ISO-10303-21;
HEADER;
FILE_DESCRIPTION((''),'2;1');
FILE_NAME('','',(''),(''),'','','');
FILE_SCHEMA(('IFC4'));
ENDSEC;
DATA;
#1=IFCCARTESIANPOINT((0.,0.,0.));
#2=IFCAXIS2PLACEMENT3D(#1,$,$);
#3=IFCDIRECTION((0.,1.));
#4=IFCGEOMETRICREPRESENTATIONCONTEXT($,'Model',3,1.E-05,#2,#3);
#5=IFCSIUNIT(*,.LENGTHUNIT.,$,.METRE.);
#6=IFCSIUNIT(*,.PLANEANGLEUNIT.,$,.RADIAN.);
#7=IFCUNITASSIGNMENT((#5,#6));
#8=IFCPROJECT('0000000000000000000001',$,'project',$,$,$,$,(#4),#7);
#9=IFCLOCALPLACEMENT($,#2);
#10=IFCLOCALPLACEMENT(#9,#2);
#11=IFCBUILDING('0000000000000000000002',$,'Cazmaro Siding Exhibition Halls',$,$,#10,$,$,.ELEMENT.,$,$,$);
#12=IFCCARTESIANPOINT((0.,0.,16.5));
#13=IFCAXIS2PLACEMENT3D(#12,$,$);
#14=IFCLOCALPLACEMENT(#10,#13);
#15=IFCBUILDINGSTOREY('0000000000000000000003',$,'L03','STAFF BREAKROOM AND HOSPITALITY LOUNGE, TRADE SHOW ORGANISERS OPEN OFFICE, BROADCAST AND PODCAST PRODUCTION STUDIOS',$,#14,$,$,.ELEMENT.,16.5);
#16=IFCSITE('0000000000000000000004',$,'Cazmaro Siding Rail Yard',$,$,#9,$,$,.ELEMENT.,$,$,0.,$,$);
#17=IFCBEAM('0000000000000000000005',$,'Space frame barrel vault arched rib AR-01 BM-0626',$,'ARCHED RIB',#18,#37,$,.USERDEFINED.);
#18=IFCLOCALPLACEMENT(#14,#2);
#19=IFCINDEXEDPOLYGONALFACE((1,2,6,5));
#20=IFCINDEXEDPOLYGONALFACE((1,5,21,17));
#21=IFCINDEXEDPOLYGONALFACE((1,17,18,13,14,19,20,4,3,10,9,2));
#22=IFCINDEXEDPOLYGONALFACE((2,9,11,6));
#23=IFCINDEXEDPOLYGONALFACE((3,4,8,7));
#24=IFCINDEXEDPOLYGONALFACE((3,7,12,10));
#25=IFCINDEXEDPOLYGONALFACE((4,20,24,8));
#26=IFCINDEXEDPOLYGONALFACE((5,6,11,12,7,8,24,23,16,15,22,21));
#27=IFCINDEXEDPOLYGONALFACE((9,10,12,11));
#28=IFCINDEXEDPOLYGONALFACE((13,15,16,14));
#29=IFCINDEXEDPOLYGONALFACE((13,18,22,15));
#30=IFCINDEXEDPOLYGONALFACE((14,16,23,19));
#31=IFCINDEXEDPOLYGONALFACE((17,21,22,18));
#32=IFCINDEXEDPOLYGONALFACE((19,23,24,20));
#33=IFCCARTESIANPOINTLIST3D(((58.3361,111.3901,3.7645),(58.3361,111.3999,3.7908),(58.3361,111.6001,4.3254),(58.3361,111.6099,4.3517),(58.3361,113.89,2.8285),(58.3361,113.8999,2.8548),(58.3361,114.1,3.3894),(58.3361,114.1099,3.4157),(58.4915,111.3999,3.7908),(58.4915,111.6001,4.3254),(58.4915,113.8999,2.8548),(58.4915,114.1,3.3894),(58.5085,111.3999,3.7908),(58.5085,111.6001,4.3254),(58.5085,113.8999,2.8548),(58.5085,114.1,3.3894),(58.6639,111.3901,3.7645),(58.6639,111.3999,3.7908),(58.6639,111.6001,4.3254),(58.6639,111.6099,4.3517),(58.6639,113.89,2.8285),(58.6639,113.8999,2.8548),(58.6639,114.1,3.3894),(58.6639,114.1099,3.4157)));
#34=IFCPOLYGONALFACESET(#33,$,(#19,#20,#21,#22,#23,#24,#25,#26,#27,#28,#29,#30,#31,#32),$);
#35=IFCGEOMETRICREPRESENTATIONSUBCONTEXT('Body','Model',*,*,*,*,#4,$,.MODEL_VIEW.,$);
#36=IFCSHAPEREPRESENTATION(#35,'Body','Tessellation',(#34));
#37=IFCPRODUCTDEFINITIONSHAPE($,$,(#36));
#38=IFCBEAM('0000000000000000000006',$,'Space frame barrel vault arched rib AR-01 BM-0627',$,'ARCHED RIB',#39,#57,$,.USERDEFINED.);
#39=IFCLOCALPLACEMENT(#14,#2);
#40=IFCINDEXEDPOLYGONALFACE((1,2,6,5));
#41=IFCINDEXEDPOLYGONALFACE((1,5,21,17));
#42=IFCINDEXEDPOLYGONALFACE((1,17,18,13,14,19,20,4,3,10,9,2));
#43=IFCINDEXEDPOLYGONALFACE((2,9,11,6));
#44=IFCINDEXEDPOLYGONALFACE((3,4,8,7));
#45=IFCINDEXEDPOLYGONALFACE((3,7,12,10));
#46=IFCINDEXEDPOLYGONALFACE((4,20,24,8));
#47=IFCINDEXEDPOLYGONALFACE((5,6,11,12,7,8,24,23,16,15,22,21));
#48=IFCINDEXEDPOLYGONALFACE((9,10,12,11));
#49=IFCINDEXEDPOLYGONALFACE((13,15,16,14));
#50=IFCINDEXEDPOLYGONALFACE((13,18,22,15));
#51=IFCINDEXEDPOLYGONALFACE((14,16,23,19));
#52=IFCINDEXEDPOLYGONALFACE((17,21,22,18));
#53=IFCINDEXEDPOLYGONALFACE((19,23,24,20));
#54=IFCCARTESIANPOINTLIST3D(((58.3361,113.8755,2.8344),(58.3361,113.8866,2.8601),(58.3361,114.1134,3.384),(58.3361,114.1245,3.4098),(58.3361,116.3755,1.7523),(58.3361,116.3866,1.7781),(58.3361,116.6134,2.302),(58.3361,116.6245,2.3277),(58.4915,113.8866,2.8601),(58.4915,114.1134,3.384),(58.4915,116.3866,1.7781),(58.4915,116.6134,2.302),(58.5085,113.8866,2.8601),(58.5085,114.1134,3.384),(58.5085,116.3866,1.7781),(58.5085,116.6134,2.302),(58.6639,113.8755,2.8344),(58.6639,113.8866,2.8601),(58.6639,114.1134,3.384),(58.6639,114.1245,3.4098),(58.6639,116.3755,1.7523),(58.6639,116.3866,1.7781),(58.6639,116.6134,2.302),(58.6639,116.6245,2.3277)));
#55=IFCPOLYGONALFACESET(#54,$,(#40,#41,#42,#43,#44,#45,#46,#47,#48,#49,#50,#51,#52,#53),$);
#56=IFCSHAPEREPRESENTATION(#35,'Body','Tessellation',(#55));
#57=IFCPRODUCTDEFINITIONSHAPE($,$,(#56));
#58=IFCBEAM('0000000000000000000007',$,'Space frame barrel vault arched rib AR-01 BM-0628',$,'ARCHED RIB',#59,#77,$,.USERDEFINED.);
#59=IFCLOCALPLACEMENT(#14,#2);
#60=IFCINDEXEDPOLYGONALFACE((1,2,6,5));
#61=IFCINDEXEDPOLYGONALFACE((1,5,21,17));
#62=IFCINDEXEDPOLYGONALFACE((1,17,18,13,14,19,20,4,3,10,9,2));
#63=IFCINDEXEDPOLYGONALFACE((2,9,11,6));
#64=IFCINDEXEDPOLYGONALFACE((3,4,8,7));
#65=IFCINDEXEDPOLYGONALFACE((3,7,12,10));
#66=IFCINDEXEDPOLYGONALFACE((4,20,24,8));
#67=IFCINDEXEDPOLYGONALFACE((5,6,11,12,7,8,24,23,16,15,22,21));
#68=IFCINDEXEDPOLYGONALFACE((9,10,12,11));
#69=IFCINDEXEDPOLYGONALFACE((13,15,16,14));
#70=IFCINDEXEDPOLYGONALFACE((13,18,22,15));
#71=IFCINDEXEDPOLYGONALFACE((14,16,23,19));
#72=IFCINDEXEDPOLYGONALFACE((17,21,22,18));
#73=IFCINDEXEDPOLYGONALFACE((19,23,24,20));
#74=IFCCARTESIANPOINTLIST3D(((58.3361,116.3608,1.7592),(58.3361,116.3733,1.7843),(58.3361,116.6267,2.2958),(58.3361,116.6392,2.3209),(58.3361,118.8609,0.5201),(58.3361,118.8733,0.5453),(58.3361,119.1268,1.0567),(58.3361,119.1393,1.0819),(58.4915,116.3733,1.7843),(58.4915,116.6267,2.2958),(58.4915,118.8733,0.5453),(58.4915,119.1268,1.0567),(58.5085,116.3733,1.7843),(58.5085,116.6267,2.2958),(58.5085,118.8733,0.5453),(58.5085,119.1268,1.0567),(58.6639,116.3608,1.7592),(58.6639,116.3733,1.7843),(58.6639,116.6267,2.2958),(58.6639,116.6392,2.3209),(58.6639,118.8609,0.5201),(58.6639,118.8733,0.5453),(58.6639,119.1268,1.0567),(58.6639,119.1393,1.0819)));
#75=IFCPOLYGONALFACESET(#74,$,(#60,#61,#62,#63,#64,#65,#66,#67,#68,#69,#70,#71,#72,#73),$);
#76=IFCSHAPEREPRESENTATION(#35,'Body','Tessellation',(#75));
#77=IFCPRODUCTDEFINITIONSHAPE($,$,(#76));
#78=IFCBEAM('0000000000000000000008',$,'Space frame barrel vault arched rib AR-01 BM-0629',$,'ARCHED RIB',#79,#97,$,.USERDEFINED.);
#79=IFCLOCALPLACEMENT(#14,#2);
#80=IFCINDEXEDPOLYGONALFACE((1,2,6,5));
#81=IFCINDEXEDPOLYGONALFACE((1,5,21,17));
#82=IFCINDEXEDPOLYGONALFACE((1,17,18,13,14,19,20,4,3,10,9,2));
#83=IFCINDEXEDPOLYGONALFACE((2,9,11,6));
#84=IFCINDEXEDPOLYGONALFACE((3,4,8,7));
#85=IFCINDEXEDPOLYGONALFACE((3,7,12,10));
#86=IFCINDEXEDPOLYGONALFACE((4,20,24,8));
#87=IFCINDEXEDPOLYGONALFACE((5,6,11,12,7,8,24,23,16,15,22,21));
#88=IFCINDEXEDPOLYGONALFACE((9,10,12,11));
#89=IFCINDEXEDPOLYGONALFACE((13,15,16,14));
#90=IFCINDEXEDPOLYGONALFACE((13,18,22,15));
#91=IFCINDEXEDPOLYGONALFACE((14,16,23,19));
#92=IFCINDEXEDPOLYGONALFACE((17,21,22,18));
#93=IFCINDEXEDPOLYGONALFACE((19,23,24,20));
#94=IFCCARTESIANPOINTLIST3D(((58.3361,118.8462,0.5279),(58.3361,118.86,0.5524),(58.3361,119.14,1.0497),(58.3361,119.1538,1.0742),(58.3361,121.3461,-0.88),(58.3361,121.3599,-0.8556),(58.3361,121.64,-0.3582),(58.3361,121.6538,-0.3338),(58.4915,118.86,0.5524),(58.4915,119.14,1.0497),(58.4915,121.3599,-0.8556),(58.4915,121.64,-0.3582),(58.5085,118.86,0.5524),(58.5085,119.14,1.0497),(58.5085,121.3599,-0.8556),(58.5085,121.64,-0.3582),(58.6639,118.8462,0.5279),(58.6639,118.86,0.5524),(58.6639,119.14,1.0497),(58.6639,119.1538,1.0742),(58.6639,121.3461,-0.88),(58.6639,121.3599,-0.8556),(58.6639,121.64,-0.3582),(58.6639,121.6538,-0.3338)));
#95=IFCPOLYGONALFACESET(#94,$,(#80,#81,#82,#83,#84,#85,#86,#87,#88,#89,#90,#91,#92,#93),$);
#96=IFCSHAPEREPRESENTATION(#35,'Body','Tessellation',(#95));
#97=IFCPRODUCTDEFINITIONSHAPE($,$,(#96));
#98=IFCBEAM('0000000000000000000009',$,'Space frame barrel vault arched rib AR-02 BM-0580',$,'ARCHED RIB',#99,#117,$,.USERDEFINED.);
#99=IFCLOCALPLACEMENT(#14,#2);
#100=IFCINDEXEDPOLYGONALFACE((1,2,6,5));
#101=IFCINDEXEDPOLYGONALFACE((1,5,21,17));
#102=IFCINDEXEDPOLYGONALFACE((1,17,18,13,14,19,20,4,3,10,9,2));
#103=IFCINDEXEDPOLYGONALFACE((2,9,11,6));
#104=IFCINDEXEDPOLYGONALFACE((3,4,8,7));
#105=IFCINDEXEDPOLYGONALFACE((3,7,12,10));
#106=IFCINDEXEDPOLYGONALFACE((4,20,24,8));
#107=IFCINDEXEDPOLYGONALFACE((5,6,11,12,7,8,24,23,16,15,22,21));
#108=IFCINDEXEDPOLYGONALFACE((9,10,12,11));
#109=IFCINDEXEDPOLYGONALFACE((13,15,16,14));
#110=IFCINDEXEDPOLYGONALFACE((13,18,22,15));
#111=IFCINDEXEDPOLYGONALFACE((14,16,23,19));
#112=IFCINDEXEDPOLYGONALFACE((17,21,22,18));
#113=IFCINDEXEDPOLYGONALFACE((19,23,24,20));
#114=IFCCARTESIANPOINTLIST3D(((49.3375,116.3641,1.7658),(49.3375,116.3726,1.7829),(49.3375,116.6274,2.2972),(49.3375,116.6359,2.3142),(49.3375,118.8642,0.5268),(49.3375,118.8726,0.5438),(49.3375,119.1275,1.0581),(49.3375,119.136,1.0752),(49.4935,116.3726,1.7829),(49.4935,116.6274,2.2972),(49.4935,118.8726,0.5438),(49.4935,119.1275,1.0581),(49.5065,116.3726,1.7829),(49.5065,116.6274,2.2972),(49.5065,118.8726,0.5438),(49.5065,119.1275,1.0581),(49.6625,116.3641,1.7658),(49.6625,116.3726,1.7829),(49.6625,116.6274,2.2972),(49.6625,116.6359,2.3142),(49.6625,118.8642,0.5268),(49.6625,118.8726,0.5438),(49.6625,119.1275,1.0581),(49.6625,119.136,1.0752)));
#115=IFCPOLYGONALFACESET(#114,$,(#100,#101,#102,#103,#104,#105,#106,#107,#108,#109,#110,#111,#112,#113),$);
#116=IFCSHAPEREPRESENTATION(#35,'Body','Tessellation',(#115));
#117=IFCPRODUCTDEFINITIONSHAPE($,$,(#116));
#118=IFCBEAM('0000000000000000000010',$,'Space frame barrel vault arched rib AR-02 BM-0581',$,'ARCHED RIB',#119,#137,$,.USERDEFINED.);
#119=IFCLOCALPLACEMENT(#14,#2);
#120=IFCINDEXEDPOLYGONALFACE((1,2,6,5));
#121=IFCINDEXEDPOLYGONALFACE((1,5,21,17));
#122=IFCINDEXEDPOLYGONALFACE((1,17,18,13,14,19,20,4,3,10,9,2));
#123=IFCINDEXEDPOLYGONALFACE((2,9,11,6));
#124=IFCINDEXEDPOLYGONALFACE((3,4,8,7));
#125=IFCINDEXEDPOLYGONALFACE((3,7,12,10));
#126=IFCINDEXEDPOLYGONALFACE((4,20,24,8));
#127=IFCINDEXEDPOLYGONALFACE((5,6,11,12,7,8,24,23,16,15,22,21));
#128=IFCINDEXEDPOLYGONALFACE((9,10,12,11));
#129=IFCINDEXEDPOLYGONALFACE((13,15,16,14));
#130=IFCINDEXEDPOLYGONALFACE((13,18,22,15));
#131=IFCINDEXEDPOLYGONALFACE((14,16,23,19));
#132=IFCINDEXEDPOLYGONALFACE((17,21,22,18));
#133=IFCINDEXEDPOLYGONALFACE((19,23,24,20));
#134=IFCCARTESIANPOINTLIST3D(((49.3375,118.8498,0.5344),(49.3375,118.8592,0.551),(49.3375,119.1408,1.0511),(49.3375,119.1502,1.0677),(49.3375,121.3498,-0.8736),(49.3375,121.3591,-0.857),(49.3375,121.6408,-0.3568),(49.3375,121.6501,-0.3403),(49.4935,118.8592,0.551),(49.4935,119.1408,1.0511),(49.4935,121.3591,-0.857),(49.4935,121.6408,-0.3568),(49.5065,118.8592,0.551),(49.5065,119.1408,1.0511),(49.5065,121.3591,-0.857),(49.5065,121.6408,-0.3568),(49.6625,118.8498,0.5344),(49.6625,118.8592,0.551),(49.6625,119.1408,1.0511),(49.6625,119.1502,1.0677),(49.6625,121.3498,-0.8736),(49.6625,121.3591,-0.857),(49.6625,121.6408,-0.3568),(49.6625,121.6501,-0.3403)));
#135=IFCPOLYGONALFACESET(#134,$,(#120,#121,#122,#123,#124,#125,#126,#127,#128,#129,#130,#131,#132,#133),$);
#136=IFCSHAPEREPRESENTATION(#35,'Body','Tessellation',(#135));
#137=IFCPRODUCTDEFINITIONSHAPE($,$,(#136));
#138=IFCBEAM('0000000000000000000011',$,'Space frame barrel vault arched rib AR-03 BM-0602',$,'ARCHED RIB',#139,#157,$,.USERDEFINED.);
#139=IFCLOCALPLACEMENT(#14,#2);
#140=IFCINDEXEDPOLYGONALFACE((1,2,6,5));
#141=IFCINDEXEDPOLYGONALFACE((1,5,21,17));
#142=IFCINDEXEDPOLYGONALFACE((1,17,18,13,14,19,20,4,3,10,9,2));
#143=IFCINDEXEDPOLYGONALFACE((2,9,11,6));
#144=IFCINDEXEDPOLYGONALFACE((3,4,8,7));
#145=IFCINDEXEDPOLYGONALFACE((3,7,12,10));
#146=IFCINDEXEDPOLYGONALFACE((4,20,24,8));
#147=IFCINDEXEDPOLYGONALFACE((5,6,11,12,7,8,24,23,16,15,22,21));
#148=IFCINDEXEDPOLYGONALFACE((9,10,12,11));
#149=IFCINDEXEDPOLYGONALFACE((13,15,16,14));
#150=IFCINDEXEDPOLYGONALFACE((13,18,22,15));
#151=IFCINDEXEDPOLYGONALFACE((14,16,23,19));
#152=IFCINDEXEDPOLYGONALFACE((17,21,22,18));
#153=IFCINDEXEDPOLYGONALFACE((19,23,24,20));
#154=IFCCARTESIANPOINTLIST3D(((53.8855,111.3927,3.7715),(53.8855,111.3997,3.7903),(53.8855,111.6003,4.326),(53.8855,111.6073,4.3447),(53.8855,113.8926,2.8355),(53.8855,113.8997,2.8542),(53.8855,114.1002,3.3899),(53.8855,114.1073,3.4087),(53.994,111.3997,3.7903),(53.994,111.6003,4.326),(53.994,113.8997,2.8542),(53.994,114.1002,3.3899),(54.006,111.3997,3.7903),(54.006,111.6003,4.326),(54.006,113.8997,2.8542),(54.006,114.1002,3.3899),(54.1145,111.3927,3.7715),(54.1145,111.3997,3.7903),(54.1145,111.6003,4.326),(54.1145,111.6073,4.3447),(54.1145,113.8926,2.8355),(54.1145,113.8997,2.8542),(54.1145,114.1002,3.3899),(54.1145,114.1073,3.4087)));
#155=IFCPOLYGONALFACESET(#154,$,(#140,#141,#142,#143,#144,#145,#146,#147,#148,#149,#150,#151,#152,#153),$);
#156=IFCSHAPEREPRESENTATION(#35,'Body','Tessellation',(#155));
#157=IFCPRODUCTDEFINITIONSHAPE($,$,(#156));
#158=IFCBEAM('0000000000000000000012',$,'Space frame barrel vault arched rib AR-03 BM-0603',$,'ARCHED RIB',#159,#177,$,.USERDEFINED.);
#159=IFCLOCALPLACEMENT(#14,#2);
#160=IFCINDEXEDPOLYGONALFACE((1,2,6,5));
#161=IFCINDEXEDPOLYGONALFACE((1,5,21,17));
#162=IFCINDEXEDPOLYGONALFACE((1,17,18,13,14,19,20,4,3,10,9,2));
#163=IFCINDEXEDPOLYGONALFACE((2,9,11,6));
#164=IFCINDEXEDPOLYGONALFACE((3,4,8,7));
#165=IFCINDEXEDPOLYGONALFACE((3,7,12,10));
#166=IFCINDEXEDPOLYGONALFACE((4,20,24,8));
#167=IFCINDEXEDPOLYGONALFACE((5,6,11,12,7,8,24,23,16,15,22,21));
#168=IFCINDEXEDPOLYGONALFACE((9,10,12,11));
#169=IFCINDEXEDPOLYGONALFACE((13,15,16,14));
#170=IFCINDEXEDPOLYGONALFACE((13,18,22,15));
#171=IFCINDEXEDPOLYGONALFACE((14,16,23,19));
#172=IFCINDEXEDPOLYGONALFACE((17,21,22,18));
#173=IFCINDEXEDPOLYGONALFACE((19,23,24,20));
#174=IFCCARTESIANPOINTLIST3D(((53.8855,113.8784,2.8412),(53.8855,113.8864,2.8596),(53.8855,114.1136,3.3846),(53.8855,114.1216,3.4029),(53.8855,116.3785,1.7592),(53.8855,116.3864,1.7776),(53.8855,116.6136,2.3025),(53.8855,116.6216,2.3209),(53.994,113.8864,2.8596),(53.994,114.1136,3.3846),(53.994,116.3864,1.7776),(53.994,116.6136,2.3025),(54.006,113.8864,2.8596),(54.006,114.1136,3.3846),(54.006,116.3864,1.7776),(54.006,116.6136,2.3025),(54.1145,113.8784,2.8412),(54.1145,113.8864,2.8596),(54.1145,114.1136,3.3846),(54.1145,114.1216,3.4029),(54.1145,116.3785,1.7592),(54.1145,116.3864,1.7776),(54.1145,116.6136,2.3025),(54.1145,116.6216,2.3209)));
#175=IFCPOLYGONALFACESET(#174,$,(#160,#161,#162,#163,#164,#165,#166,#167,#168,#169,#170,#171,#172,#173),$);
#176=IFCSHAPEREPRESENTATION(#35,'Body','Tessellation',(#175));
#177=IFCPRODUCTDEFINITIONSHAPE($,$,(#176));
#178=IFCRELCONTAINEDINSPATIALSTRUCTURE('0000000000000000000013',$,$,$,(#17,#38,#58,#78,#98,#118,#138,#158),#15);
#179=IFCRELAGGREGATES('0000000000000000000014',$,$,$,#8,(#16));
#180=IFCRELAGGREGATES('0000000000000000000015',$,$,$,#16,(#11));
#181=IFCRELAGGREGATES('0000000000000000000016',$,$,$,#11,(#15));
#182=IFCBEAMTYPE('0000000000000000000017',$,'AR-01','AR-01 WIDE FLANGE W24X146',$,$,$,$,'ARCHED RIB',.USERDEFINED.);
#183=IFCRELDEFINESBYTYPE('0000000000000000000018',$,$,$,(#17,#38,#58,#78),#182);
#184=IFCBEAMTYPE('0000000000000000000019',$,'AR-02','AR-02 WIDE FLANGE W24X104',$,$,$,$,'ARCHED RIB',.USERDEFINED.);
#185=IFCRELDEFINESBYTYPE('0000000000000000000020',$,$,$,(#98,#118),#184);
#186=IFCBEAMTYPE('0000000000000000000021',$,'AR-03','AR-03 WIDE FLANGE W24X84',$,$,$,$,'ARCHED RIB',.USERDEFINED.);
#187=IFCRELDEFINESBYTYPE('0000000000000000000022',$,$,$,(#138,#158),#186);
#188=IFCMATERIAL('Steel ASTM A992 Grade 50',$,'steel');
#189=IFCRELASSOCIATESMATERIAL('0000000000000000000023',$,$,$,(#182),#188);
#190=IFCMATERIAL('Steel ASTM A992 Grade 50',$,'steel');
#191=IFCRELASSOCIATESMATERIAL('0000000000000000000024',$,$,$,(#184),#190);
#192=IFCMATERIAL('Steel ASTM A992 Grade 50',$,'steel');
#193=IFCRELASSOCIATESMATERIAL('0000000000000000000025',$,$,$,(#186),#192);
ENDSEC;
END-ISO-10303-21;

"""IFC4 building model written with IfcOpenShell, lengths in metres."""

from ifc_helpers import new_model, si_unit, direction, frame, origin, origin_2d, place, context, subcontext, project, spatial, i_section, extrude, material, material_profile, profile_set, type_object, element, save


model = new_model("IFC4")

# Units and contexts
model_context = context("Model", 3, precision=1e-05, world=origin(), true_north=direction((0.0, 1.0)))
body_context = subcontext(model_context, "Body", "Model", "MODEL_VIEW")
ifc_project = project(units=[si_unit("LENGTHUNIT", "METRE"), si_unit("PLANEANGLEUNIT", "RADIAN")], contexts=[model_context])

# Site, building, storey
site_placement = place(None, origin())
site = spatial("IfcSite", under=ifc_project, at=site_placement, Name="Cazmaro Siding Rail Yard", CompositionType="ELEMENT", RefElevation=0.0)
building_placement = place(site_placement, origin())
building = spatial("IfcBuilding", under=site, at=building_placement, Name="Cazmaro Siding Exhibition Halls", CompositionType="ELEMENT")
storey_placement = place(building_placement, frame((0.0, 0.0, 16.5)))
storey = spatial("IfcBuildingStorey", under=building, at=storey_placement, Name="L03", Description="STAFF BREAKROOM AND HOSPITALITY LOUNGE, TRADE SHOW ORGANISERS OPEN OFFICE, BROADCAST AND PODCAST PRODUCTION STUDIOS", CompositionType="ELEMENT", Elevation=16.5)

# Beams
ifc_material_1 = material(Name="Steel ASTM A992 Grade 50", Category="steel")
ifc_material_profile_1 = material_profile(ifc_material_1, i_section(OverallWidth=0.3279, OverallDepth=0.627, WebThickness=0.0171, FlangeThickness=0.0281, at=origin_2d()), Name="W24X146")
ifc_profile_set_1 = profile_set([ifc_material_profile_1], Name="Steel ASTM A992 Grade 50")
beam_type_1 = type_object("IfcBeamType", Name="AR-01", Description="AR-01 WIDE FLANGE W24X146", ElementType="ARCHED RIB", PredefinedType="USERDEFINED", material=ifc_profile_set_1)
beam_1_placement = place(storey_placement, frame((58.5, 111.5, 4.0581), z_axis=(0.0, 0.936509, -0.350642), x_axis=(-1.0, 0.0, 0.0)))
element("IfcBeam", 1, at=beam_1_placement, inside=storey, type_object=beam_type_1, Name="Space frame barrel vault arched rib AR-01 BM-0626", ObjectType="ARCHED RIB", PredefinedType="USERDEFINED", context=body_context, shape_type="SweptSolid", body=[
    extrude(i_section(OverallWidth=0.3279, OverallDepth=0.627, WebThickness=0.0171, FlangeThickness=0.0281, at=origin_2d()), origin(), (0.0, 0.0, 1.0), 2.6694),
])
beam_2_placement = place(storey_placement, frame((58.5, 114.0, 3.1221), z_axis=(0.0, 0.91773, -0.397205), x_axis=(-1.0, 0.0, 0.0)))
element("IfcBeam", 2, at=beam_2_placement, inside=storey, type_object=beam_type_1, Name="Space frame barrel vault arched rib AR-01 BM-0627", ObjectType="ARCHED RIB", PredefinedType="USERDEFINED", context=body_context, shape_type="SweptSolid", body=[
    extrude(i_section(OverallWidth=0.3279, OverallDepth=0.627, WebThickness=0.0171, FlangeThickness=0.0281, at=origin_2d()), origin(), (0.0, 0.0, 1.0), 2.7241),
])
beam_3_placement = place(storey_placement, frame((58.5, 116.5, 2.04), z_axis=(0.0, 0.895997, -0.444061), x_axis=(-1.0, 0.0, 0.0)))
element("IfcBeam", 3, at=beam_3_placement, inside=storey, type_object=beam_type_1, Name="Space frame barrel vault arched rib AR-01 BM-0628", ObjectType="ARCHED RIB", PredefinedType="USERDEFINED", context=body_context, shape_type="SweptSolid", body=[
    extrude(i_section(OverallWidth=0.3279, OverallDepth=0.627, WebThickness=0.0171, FlangeThickness=0.0281, at=origin_2d()), origin(), (0.0, 0.0, 1.0), 2.7903),
])
beam_4_placement = place(storey_placement, frame((58.5, 119.0, 0.801), z_axis=(0.0, 0.871321, -0.490714), x_axis=(-1.0, 0.0, 0.0)))
element("IfcBeam", 4, at=beam_4_placement, inside=storey, type_object=beam_type_1, Name="Space frame barrel vault arched rib AR-01 BM-0629", ObjectType="ARCHED RIB", PredefinedType="USERDEFINED", context=body_context, shape_type="SweptSolid", body=[
    extrude(i_section(OverallWidth=0.3279, OverallDepth=0.627, WebThickness=0.0171, FlangeThickness=0.0281, at=origin_2d()), origin(), (0.0, 0.0, 1.0), 2.8691),
])
ifc_material_2 = material(Name="Steel ASTM A992 Grade 50", Category="steel")
ifc_material_profile_2 = material_profile(ifc_material_2, i_section(OverallWidth=0.325, OverallDepth=0.6121, WebThickness=0.0129, FlangeThickness=0.019, at=origin_2d()), Name="W24X104")
ifc_profile_set_2 = profile_set([ifc_material_profile_2], Name="Steel ASTM A992 Grade 50")
beam_type_2 = type_object("IfcBeamType", Name="AR-02", Description="AR-02 WIDE FLANGE W24X104", ElementType="ARCHED RIB", PredefinedType="USERDEFINED", material=ifc_profile_set_2)
beam_5_placement = place(storey_placement, frame((49.5, 116.5, 2.04), z_axis=(0.0, 0.895997, -0.444061), x_axis=(-1.0, 0.0, 0.0)))
element("IfcBeam", 5, at=beam_5_placement, inside=storey, type_object=beam_type_2, Name="Space frame barrel vault arched rib AR-02 BM-0580", ObjectType="ARCHED RIB", PredefinedType="USERDEFINED", context=body_context, shape_type="SweptSolid", body=[
    extrude(i_section(OverallWidth=0.325, OverallDepth=0.6121, WebThickness=0.0129, FlangeThickness=0.019, at=origin_2d()), origin(), (0.0, 0.0, 1.0), 2.7903),
])
beam_6_placement = place(storey_placement, frame((49.5, 119.0, 0.801), z_axis=(0.0, 0.871321, -0.490714), x_axis=(-1.0, 0.0, 0.0)))
element("IfcBeam", 6, at=beam_6_placement, inside=storey, type_object=beam_type_2, Name="Space frame barrel vault arched rib AR-02 BM-0581", ObjectType="ARCHED RIB", PredefinedType="USERDEFINED", context=body_context, shape_type="SweptSolid", body=[
    extrude(i_section(OverallWidth=0.325, OverallDepth=0.6121, WebThickness=0.0129, FlangeThickness=0.019, at=origin_2d()), origin(), (0.0, 0.0, 1.0), 2.8691),
])
ifc_material_3 = material(Name="Steel ASTM A992 Grade 50", Category="steel")
ifc_material_profile_3 = material_profile(ifc_material_3, i_section(OverallWidth=0.229, OverallDepth=0.6121, WebThickness=0.012, FlangeThickness=0.02, at=origin_2d()), Name="W24X84")
ifc_profile_set_3 = profile_set([ifc_material_profile_3], Name="Steel ASTM A992 Grade 50")
beam_type_3 = type_object("IfcBeamType", Name="AR-03", Description="AR-03 WIDE FLANGE W24X84", ElementType="ARCHED RIB", PredefinedType="USERDEFINED", material=ifc_profile_set_3)
beam_7_placement = place(storey_placement, frame((54.0, 111.5, 4.0581), z_axis=(0.0, 0.936509, -0.350642), x_axis=(-1.0, 0.0, 0.0)))
element("IfcBeam", 7, at=beam_7_placement, inside=storey, type_object=beam_type_3, Name="Space frame barrel vault arched rib AR-03 BM-0602", ObjectType="ARCHED RIB", PredefinedType="USERDEFINED", context=body_context, shape_type="SweptSolid", body=[
    extrude(i_section(OverallWidth=0.229, OverallDepth=0.6121, WebThickness=0.012, FlangeThickness=0.02, at=origin_2d()), origin(), (0.0, 0.0, 1.0), 2.6694),
])
beam_8_placement = place(storey_placement, frame((54.0, 114.0, 3.1221), z_axis=(0.0, 0.91773, -0.397205), x_axis=(-1.0, 0.0, 0.0)))
element("IfcBeam", 8, at=beam_8_placement, inside=storey, type_object=beam_type_3, Name="Space frame barrel vault arched rib AR-03 BM-0603", ObjectType="ARCHED RIB", PredefinedType="USERDEFINED", context=body_context, shape_type="SweptSolid", body=[
    extrude(i_section(OverallWidth=0.229, OverallDepth=0.6121, WebThickness=0.012, FlangeThickness=0.02, at=origin_2d()), origin(), (0.0, 0.0, 1.0), 2.7241),
])

save(model, "model.ifc")
